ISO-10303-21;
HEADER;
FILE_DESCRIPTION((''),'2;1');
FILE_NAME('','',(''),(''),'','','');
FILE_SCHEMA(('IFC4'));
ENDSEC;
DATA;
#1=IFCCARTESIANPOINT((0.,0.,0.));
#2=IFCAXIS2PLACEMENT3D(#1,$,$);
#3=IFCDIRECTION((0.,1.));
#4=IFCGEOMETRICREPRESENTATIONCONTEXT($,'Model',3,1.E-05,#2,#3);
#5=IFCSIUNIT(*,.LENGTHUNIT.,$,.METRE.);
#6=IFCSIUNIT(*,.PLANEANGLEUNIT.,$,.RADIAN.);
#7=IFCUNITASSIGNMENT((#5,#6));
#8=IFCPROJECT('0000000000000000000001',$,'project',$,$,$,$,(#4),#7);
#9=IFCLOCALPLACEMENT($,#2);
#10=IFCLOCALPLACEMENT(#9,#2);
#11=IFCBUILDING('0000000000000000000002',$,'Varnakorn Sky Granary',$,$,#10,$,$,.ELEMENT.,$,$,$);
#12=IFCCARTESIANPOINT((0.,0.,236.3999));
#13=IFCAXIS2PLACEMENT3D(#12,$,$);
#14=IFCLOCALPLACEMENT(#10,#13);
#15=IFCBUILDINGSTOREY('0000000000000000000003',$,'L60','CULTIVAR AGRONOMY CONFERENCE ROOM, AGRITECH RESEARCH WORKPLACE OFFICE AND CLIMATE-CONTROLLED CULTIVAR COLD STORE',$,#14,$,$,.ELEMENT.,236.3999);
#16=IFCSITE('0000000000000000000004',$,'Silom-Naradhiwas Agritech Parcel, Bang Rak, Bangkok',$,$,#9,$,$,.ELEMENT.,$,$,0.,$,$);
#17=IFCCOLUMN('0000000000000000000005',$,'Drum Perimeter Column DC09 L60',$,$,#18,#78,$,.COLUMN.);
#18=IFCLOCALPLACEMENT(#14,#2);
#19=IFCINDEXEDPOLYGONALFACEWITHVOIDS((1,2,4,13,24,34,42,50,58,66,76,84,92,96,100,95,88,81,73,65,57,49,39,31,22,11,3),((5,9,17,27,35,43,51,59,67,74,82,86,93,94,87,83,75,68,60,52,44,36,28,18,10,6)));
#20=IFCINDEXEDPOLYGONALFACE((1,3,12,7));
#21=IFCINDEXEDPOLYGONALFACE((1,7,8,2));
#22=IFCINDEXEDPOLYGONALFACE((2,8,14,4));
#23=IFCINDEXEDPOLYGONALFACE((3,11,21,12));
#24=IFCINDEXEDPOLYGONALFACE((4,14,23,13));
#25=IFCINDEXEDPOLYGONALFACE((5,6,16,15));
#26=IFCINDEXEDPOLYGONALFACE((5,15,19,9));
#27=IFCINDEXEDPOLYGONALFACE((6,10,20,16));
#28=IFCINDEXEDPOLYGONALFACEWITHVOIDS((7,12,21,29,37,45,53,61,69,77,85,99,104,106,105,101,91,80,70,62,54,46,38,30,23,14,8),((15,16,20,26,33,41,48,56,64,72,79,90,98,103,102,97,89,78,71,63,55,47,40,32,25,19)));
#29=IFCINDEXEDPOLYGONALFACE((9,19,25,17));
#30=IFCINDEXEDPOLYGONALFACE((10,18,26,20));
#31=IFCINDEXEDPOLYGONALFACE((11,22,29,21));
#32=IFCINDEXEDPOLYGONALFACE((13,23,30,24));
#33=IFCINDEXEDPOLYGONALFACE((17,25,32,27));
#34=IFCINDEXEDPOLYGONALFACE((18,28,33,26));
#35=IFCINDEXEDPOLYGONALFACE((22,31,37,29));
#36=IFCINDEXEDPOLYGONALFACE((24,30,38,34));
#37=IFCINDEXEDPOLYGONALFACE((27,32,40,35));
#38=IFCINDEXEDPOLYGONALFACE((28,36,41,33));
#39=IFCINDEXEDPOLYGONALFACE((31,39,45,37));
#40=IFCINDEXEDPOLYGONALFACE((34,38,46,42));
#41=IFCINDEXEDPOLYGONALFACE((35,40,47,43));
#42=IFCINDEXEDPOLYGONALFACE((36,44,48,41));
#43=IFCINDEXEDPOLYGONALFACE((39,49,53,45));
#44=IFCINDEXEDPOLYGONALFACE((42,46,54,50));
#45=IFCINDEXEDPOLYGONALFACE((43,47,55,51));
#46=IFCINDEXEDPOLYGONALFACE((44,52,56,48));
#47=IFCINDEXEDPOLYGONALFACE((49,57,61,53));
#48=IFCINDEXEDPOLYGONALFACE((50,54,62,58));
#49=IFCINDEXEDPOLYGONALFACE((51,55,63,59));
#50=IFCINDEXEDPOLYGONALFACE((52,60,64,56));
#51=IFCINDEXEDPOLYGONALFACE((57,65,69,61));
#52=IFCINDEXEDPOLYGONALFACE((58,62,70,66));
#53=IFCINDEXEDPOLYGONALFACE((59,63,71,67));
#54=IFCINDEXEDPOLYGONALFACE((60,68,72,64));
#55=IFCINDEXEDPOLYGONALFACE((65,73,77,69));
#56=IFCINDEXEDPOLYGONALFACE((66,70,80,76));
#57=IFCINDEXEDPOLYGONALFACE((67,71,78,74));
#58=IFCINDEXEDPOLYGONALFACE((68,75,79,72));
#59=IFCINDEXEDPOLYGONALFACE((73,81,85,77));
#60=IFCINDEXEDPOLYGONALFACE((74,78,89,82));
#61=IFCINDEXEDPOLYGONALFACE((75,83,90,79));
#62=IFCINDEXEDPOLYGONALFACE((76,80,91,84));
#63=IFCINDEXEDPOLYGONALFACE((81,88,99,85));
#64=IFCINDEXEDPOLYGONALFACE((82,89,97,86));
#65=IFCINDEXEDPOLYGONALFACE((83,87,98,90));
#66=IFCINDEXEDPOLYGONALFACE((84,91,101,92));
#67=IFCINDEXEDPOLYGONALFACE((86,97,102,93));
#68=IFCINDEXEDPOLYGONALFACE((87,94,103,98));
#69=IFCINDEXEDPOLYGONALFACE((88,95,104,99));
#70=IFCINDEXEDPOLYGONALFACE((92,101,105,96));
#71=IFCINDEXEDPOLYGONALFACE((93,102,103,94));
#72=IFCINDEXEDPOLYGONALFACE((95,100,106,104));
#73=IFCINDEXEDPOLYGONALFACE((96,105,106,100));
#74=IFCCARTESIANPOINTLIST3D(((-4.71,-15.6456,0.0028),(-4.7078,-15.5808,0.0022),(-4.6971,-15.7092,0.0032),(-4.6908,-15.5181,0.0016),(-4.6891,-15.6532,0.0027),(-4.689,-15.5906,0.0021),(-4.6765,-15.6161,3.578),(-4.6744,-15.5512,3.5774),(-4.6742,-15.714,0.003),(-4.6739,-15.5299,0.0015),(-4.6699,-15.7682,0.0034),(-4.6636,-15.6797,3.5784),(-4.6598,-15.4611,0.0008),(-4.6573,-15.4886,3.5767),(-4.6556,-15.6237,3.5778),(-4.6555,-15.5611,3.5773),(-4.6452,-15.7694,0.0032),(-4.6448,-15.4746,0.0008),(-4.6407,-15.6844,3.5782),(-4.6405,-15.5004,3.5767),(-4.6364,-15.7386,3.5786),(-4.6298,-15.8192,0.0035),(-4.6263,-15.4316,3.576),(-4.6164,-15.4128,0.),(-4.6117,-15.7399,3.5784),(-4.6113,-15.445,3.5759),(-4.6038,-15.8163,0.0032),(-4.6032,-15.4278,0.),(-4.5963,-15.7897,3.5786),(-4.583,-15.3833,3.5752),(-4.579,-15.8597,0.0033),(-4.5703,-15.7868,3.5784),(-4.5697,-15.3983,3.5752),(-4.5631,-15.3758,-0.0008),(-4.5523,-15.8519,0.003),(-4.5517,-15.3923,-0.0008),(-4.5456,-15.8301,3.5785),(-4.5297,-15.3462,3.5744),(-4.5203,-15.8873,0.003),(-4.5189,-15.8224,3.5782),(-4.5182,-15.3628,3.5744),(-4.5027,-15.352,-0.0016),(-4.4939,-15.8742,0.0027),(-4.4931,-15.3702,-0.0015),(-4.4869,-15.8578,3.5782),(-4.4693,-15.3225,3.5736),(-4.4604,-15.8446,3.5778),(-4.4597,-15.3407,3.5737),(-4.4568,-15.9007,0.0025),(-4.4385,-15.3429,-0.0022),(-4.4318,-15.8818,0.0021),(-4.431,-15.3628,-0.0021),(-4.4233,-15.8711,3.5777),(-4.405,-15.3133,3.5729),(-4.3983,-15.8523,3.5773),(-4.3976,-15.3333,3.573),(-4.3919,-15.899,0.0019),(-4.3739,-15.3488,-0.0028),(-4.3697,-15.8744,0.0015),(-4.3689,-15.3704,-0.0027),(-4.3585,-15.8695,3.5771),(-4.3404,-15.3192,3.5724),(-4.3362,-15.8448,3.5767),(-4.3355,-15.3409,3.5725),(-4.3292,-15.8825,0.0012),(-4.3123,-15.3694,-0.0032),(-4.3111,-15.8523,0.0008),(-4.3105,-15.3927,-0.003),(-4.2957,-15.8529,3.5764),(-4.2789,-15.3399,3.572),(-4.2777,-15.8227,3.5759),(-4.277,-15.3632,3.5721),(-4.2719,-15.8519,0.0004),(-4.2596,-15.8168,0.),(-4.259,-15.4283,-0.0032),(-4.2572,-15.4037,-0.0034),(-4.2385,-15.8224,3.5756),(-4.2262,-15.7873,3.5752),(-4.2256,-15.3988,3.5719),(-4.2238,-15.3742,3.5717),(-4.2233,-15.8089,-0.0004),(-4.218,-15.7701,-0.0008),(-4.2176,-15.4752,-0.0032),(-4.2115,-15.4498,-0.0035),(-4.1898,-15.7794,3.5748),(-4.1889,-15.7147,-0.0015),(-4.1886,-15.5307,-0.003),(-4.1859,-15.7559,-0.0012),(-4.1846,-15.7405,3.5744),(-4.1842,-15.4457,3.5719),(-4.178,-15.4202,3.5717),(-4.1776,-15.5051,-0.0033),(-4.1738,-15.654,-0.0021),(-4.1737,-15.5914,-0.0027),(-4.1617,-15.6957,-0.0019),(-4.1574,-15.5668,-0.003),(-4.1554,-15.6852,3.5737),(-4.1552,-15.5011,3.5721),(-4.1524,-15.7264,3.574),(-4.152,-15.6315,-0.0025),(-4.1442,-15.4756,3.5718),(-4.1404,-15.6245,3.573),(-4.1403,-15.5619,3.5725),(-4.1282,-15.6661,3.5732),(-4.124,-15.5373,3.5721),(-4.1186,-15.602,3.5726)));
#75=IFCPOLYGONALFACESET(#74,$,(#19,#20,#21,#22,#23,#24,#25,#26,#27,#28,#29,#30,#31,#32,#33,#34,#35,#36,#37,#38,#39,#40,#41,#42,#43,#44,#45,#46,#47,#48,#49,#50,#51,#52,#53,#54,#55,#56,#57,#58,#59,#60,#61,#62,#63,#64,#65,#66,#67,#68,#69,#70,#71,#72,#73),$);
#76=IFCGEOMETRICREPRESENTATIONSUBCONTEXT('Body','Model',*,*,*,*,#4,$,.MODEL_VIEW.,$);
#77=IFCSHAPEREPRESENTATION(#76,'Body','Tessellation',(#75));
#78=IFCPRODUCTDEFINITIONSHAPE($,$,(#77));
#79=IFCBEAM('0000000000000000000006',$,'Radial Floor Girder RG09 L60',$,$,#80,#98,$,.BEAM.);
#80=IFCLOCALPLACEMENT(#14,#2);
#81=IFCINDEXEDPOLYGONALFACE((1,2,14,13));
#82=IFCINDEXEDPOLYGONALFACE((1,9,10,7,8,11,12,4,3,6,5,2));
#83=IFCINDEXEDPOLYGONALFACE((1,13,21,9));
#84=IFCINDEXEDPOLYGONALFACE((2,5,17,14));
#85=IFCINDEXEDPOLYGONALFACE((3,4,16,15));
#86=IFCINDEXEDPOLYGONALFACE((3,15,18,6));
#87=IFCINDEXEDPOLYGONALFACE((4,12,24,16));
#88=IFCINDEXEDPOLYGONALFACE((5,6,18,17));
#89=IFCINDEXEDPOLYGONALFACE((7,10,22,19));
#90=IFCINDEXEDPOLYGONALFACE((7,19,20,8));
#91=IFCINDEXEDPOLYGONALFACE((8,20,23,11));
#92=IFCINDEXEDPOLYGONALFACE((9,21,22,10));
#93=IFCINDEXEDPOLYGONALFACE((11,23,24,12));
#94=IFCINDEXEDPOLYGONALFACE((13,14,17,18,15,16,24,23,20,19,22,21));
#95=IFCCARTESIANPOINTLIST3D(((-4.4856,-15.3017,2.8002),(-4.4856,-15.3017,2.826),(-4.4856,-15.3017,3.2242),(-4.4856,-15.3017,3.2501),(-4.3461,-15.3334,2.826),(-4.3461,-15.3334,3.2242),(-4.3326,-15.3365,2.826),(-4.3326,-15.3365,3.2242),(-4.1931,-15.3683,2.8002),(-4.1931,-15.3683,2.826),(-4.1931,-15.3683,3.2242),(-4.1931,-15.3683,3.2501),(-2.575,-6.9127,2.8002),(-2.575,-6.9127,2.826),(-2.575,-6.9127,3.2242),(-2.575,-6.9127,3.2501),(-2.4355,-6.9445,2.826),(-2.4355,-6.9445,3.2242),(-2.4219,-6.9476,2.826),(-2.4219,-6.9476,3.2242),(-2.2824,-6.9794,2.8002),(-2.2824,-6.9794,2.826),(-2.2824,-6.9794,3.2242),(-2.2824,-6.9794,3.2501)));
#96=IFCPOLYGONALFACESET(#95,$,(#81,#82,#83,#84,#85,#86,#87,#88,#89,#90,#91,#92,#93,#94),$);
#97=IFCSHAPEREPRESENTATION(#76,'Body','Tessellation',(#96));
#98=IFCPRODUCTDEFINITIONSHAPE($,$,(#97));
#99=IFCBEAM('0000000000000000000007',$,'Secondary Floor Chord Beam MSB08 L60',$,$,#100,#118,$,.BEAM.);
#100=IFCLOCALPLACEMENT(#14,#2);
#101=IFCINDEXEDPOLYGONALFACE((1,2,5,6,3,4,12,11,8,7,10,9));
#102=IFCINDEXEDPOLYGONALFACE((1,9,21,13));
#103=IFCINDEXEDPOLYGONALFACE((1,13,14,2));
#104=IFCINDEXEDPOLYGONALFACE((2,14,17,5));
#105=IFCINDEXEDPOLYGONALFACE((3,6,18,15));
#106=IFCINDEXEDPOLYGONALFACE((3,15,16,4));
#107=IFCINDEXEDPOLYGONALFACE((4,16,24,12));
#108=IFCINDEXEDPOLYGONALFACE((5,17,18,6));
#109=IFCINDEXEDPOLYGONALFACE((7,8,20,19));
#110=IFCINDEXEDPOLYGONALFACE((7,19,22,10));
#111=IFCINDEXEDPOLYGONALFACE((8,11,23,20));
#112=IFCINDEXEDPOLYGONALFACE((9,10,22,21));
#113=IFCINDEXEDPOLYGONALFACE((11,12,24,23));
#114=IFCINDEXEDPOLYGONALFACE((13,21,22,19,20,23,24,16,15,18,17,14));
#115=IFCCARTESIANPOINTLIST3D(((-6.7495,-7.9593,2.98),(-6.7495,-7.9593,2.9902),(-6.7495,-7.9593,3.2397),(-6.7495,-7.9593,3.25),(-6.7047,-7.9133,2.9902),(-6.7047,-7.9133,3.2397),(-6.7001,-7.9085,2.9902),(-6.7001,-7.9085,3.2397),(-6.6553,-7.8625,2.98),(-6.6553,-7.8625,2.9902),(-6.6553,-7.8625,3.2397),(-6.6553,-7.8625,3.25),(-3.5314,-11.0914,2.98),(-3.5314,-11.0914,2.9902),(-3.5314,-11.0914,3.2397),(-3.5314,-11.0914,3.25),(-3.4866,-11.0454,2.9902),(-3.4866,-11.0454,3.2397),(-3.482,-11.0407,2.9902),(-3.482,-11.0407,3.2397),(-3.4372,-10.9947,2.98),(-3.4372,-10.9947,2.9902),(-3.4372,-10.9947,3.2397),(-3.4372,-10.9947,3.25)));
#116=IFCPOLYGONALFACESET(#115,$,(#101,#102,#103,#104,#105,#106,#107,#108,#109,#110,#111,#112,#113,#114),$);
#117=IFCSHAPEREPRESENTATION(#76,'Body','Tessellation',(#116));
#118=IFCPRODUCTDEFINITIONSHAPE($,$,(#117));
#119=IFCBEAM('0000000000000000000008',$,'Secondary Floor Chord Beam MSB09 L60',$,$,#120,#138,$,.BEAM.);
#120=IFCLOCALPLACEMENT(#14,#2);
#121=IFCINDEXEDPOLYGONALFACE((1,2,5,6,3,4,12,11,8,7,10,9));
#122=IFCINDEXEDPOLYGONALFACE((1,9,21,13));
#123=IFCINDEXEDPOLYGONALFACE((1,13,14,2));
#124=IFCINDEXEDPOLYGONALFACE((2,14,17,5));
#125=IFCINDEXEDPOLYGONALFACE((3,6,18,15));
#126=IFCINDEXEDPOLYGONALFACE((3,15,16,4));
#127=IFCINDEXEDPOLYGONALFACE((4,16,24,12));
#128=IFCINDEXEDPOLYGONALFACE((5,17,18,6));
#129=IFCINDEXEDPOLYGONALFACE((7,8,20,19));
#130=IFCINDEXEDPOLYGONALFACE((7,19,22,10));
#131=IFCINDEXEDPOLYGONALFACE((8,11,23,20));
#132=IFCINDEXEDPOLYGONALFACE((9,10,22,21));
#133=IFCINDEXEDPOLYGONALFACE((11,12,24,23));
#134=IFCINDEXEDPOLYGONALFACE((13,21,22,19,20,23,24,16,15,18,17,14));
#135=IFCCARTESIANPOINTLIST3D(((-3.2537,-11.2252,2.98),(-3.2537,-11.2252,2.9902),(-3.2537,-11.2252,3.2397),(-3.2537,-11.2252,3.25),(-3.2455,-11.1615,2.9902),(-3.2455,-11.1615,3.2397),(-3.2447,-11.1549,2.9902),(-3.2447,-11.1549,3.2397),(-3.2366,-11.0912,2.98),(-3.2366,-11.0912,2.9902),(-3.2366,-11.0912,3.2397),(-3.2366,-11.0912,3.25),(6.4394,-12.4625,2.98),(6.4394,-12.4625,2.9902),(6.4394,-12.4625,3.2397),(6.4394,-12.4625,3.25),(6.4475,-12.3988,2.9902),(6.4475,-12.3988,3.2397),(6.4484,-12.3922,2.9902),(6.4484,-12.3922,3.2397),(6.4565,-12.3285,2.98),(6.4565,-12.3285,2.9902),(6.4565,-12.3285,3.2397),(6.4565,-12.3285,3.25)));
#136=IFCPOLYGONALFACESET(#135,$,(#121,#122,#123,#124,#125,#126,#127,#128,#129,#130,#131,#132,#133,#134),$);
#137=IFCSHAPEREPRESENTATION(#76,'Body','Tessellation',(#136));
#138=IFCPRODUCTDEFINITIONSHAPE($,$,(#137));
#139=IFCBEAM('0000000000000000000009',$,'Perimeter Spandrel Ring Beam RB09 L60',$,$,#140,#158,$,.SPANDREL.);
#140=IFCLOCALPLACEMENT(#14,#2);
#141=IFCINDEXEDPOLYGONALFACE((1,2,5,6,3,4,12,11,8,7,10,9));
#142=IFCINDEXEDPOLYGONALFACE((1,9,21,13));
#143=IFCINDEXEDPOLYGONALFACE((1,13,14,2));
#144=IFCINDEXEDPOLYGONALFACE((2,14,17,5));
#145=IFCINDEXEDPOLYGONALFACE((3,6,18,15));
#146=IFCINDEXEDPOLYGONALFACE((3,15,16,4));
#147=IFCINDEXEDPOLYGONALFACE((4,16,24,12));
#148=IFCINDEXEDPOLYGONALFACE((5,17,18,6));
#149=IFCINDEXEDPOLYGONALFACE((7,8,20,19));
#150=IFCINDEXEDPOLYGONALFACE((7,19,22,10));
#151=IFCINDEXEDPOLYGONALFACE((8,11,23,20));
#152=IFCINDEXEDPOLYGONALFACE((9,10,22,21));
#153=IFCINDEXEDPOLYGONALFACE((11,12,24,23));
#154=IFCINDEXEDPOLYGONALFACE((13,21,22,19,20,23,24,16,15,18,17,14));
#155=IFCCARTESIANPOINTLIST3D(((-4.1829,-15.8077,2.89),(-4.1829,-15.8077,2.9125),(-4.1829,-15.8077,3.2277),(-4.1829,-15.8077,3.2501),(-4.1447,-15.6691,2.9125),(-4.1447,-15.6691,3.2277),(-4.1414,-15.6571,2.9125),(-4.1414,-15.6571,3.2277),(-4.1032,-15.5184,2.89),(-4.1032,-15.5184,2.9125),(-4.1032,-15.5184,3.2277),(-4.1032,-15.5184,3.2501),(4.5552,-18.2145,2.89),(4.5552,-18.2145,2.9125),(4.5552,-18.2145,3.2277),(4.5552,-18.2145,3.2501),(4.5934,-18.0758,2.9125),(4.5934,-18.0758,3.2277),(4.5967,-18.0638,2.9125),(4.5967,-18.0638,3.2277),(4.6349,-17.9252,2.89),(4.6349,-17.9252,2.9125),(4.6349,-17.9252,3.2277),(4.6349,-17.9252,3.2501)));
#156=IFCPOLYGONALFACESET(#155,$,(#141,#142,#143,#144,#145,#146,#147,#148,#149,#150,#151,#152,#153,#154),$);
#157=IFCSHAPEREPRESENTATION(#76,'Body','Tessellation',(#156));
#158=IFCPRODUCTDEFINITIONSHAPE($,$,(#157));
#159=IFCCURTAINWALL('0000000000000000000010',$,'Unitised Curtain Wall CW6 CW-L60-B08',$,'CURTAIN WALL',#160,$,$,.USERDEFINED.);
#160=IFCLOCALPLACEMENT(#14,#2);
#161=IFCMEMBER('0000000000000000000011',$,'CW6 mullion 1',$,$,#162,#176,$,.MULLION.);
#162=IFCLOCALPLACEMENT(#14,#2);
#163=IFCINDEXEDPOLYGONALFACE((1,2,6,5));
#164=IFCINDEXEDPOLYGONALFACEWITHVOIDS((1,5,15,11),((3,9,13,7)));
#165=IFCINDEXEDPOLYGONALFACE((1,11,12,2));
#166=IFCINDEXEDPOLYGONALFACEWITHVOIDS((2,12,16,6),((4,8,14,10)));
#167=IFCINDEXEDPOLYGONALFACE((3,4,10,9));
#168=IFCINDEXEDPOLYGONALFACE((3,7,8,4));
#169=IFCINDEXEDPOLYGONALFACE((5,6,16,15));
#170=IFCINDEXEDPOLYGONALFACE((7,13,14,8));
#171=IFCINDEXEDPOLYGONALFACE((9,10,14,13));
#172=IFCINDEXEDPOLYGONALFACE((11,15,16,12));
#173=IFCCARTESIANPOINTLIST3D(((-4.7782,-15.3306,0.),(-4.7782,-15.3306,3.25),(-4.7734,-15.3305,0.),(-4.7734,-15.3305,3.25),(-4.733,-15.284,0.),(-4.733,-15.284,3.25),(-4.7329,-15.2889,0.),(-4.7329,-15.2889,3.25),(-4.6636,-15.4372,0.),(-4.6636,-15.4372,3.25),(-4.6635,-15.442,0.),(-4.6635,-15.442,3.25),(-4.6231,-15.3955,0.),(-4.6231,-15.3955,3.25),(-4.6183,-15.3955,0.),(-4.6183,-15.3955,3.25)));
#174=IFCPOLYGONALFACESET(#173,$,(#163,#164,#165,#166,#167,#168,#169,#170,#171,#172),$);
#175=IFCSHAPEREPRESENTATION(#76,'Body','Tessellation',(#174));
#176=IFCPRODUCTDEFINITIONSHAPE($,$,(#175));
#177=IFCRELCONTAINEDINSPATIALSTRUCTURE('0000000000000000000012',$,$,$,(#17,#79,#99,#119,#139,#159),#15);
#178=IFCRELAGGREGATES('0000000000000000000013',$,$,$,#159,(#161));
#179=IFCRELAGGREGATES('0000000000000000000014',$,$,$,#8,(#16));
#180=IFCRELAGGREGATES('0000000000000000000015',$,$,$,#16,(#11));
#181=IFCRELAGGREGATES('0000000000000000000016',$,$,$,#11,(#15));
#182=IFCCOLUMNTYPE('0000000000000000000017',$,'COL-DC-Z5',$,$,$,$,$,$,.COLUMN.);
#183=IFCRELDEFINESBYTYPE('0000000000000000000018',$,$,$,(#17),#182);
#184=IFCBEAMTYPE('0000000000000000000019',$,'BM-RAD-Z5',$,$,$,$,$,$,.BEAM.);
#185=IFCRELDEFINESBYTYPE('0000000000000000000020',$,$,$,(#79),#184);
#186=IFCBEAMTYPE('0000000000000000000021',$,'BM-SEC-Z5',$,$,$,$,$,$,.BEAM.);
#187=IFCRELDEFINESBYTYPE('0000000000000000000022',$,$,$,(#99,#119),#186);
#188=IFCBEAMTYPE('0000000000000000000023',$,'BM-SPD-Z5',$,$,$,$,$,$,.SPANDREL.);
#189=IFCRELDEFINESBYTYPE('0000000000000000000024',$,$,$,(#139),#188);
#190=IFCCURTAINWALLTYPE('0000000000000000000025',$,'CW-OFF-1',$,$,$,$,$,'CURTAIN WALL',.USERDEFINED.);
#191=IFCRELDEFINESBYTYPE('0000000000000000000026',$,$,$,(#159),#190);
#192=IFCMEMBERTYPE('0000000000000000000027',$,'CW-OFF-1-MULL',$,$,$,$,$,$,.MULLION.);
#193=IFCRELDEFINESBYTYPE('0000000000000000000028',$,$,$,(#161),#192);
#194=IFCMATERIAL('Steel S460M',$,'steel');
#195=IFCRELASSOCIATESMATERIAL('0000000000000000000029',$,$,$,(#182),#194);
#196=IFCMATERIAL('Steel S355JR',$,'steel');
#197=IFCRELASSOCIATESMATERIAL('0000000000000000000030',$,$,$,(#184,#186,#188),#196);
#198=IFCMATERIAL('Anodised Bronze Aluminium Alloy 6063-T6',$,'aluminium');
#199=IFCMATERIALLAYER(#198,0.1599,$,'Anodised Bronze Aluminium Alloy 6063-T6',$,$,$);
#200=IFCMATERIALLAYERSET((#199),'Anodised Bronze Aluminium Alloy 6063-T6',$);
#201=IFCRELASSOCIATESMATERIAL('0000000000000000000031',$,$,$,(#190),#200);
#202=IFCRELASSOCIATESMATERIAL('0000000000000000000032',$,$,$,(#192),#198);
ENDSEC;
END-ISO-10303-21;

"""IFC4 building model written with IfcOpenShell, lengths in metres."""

from ifc_helpers import new_model, si_unit, direction, frame, origin, origin_2d, place, context, subcontext, project, spatial, hollow_rectangle, hollow_circle, i_section, extrude, material, layer, layer_set, material_profile, profile_set, type_object, element, aggregate, save


model = new_model("IFC4")

# Units and contexts
model_context = context("Model", 3, precision=1e-05, world=origin(), true_north=direction((0.0, 1.0)))
body_context = subcontext(model_context, "Body", "Model", "MODEL_VIEW")
ifc_project = project(units=[si_unit("LENGTHUNIT", "METRE"), si_unit("PLANEANGLEUNIT", "RADIAN")], contexts=[model_context])

# Site, building, storey
site_placement = place(None, origin())
site = spatial("IfcSite", under=ifc_project, at=site_placement, Name="Silom-Naradhiwas Agritech Parcel, Bang Rak, Bangkok", CompositionType="ELEMENT", RefElevation=0.0)
building_placement = place(site_placement, origin())
building = spatial("IfcBuilding", under=site, at=building_placement, Name="Varnakorn Sky Granary", CompositionType="ELEMENT")
storey_placement = place(building_placement, frame((0.0, 0.0, 236.3999)))
storey = spatial("IfcBuildingStorey", under=building, at=storey_placement, Name="L60", Description="CULTIVAR AGRONOMY CONFERENCE ROOM, AGRITECH RESEARCH WORKPLACE OFFICE AND CLIMATE-CONTROLLED CULTIVAR COLD STORE", CompositionType="ELEMENT", Elevation=236.3999)

# Column
ifc_material_1 = material(Name="Steel S460M", Category="steel")
ifc_material_profile_1 = material_profile(ifc_material_1, hollow_circle(Radius=0.2795, WallThickness=0.02, at=origin_2d()), Name="CHS 559x20")
ifc_profile_set_1 = profile_set([ifc_material_profile_1], Name="Steel S460M")
column_type = type_object("IfcColumnType", Name="COL-DC-Z5", PredefinedType="COLUMN", material=ifc_profile_set_1)
column_placement = place(storey_placement, frame((-4.4314, -15.6223, 0.0), z_axis=(0.009355, 0.008262, 0.999922), x_axis=(-0.661983, 0.749518, 0.0)))
element("IfcColumn", 1, at=column_placement, inside=storey, type_object=column_type, Name="Drum Perimeter Column DC09 L60", PredefinedType="COLUMN", context=body_context, shape_type="SweptSolid", body=[
    extrude(hollow_circle(Radius=0.2795, WallThickness=0.02, at=origin_2d()), origin(), (0.0, 0.0, 1.0), 3.5754),
])

# Beams
ifc_material_2 = material(Name="Steel S355JR", Category="steel")
ifc_material_profile_2 = material_profile(ifc_material_2, i_section(OverallWidth=0.3, OverallDepth=0.45, WebThickness=0.0139, FlangeThickness=0.0259, at=origin_2d()), Name="HE 450 B")
ifc_profile_set_2 = profile_set([ifc_material_profile_2], Name="Steel S355JR")
beam_type_1 = type_object("IfcBeamType", Name="BM-RAD-Z5", PredefinedType="BEAM", material=ifc_profile_set_2)
beam_1_placement = place(storey_placement, frame((-2.4287, -6.946, 3.0251), z_axis=(-0.222071, -0.97503, 0.0), x_axis=(0.97503, -0.222071, 0.0)))
element("IfcBeam", 2, at=beam_1_placement, inside=storey, type_object=beam_type_1, Name="Radial Floor Girder RG09 L60", PredefinedType="BEAM", context=body_context, shape_type="SweptSolid", body=[
    extrude(i_section(OverallWidth=0.3, OverallDepth=0.45, WebThickness=0.0139, FlangeThickness=0.0259, at=origin_2d()), origin(), (0.0, 0.0, 1.0), 8.6038),
])
ifc_material_profile_3 = material_profile(ifc_material_2, i_section(OverallWidth=0.135, OverallDepth=0.27, WebThickness=0.0066, FlangeThickness=0.0103, at=origin_2d()), Name="IPE 270")
ifc_profile_set_3 = profile_set([ifc_material_profile_3], Name="Steel S355JR")
beam_type_2 = type_object("IfcBeamType", Name="BM-SEC-Z5", PredefinedType="BEAM", material=ifc_profile_set_3)
beam_2_placement = place(storey_placement, frame((-6.7024, -7.9109, 3.115), z_axis=(0.716611, -0.697473, 0.0), x_axis=(0.697473, 0.716611, 0.0)))
element("IfcBeam", 3, at=beam_2_placement, inside=storey, type_object=beam_type_2, Name="Secondary Floor Chord Beam MSB08 L60", PredefinedType="BEAM", context=body_context, shape_type="SweptSolid", body=[
    extrude(i_section(OverallWidth=0.135, OverallDepth=0.27, WebThickness=0.0066, FlangeThickness=0.0103, at=origin_2d()), origin(), (0.0, 0.0, 1.0), 4.4907),
])
beam_3_placement = place(storey_placement, frame((-3.2451, -11.1582, 3.115), z_axis=(0.991951, -0.12662, 0.0), x_axis=(0.12662, 0.991951, 0.0)))
element("IfcBeam", 4, at=beam_3_placement, inside=storey, type_object=beam_type_2, Name="Secondary Floor Chord Beam MSB09 L60", PredefinedType="BEAM", context=body_context, shape_type="SweptSolid", body=[
    extrude(i_section(OverallWidth=0.135, OverallDepth=0.27, WebThickness=0.0066, FlangeThickness=0.0103, at=origin_2d()), origin(), (0.0, 0.0, 1.0), 9.7717),
])
ifc_material_profile_4 = material_profile(ifc_material_2, i_section(OverallWidth=0.3, OverallDepth=0.3601, WebThickness=0.0125, FlangeThickness=0.0225, at=origin_2d()), Name="HE 360 B")
ifc_profile_set_4 = profile_set([ifc_material_profile_4], Name="Steel S355JR")
beam_type_3 = type_object("IfcBeamType", Name="BM-SPD-Z5", PredefinedType="SPANDREL", material=ifc_profile_set_4)
beam_4_placement = place(storey_placement, frame((-4.1431, -15.6631, 3.0701), z_axis=(0.964099, -0.265544, 0.0), x_axis=(0.265544, 0.964099, 0.0)))
element("IfcBeam", 5, at=beam_4_placement, inside=storey, type_object=beam_type_3, Name="Perimeter Spandrel Ring Beam RB09 L60", PredefinedType="SPANDREL", context=body_context, shape_type="SweptSolid", body=[
    extrude(i_section(OverallWidth=0.3, OverallDepth=0.3601, WebThickness=0.0125, FlangeThickness=0.0225, at=origin_2d()), origin(), (0.0, 0.0, 1.0), 9.0635),
])

# Curtain wall, member
ifc_material_3 = material(Name="Anodised Bronze Aluminium Alloy 6063-T6", Category="aluminium")
ifc_layer_1 = layer(ifc_material_3, 0.1599, Name="Anodised Bronze Aluminium Alloy 6063-T6")
ifc_layer_set_1 = layer_set([ifc_layer_1], Name="Anodised Bronze Aluminium Alloy 6063-T6")
curtain_wall_type = type_object("IfcCurtainWallType", Name="CW-OFF-1", ElementType="CURTAIN WALL", PredefinedType="USERDEFINED", material=ifc_layer_set_1)
curtain_wall_placement = place(storey_placement, origin())
curtain_wall = element("IfcCurtainWall", 6, at=curtain_wall_placement, inside=storey, type_object=curtain_wall_type, Name="Unitised Curtain Wall CW6 CW-L60-B08", ObjectType="CURTAIN WALL", PredefinedType="USERDEFINED")
ifc_material_profile_5 = material_profile(ifc_material_3, hollow_rectangle(XDim=0.0649, YDim=0.1599, WallThickness=0.0034, at=origin_2d()), Name="ALU MULL 65x160")
ifc_profile_set_5 = profile_set([ifc_material_profile_5], Name="Anodised Bronze Aluminium Alloy 6063-T6")
member_type_1 = type_object("IfcMemberType", Name="CW-OFF-1-MULL", PredefinedType="MULLION", material=ifc_profile_set_5)
member_1_placement = place(storey_placement, frame((-4.6982, -15.363, 0.0), z_axis=(0.0, 0.0, 1.0), x_axis=(-0.696915, -0.717154, 0.0)))
member_1 = element("IfcMember", 7, at=member_1_placement, type_object=member_type_1, Name="CW6 mullion 1", PredefinedType="MULLION", context=body_context, shape_type="SweptSolid", body=[
    extrude(hollow_rectangle(XDim=0.0649, YDim=0.1599, WallThickness=0.0034, at=origin_2d()), origin(), (0.0, 0.0, 1.0), 3.25),
])

aggregate(curtain_wall, [member_1])

save(model, "model.ifc")
